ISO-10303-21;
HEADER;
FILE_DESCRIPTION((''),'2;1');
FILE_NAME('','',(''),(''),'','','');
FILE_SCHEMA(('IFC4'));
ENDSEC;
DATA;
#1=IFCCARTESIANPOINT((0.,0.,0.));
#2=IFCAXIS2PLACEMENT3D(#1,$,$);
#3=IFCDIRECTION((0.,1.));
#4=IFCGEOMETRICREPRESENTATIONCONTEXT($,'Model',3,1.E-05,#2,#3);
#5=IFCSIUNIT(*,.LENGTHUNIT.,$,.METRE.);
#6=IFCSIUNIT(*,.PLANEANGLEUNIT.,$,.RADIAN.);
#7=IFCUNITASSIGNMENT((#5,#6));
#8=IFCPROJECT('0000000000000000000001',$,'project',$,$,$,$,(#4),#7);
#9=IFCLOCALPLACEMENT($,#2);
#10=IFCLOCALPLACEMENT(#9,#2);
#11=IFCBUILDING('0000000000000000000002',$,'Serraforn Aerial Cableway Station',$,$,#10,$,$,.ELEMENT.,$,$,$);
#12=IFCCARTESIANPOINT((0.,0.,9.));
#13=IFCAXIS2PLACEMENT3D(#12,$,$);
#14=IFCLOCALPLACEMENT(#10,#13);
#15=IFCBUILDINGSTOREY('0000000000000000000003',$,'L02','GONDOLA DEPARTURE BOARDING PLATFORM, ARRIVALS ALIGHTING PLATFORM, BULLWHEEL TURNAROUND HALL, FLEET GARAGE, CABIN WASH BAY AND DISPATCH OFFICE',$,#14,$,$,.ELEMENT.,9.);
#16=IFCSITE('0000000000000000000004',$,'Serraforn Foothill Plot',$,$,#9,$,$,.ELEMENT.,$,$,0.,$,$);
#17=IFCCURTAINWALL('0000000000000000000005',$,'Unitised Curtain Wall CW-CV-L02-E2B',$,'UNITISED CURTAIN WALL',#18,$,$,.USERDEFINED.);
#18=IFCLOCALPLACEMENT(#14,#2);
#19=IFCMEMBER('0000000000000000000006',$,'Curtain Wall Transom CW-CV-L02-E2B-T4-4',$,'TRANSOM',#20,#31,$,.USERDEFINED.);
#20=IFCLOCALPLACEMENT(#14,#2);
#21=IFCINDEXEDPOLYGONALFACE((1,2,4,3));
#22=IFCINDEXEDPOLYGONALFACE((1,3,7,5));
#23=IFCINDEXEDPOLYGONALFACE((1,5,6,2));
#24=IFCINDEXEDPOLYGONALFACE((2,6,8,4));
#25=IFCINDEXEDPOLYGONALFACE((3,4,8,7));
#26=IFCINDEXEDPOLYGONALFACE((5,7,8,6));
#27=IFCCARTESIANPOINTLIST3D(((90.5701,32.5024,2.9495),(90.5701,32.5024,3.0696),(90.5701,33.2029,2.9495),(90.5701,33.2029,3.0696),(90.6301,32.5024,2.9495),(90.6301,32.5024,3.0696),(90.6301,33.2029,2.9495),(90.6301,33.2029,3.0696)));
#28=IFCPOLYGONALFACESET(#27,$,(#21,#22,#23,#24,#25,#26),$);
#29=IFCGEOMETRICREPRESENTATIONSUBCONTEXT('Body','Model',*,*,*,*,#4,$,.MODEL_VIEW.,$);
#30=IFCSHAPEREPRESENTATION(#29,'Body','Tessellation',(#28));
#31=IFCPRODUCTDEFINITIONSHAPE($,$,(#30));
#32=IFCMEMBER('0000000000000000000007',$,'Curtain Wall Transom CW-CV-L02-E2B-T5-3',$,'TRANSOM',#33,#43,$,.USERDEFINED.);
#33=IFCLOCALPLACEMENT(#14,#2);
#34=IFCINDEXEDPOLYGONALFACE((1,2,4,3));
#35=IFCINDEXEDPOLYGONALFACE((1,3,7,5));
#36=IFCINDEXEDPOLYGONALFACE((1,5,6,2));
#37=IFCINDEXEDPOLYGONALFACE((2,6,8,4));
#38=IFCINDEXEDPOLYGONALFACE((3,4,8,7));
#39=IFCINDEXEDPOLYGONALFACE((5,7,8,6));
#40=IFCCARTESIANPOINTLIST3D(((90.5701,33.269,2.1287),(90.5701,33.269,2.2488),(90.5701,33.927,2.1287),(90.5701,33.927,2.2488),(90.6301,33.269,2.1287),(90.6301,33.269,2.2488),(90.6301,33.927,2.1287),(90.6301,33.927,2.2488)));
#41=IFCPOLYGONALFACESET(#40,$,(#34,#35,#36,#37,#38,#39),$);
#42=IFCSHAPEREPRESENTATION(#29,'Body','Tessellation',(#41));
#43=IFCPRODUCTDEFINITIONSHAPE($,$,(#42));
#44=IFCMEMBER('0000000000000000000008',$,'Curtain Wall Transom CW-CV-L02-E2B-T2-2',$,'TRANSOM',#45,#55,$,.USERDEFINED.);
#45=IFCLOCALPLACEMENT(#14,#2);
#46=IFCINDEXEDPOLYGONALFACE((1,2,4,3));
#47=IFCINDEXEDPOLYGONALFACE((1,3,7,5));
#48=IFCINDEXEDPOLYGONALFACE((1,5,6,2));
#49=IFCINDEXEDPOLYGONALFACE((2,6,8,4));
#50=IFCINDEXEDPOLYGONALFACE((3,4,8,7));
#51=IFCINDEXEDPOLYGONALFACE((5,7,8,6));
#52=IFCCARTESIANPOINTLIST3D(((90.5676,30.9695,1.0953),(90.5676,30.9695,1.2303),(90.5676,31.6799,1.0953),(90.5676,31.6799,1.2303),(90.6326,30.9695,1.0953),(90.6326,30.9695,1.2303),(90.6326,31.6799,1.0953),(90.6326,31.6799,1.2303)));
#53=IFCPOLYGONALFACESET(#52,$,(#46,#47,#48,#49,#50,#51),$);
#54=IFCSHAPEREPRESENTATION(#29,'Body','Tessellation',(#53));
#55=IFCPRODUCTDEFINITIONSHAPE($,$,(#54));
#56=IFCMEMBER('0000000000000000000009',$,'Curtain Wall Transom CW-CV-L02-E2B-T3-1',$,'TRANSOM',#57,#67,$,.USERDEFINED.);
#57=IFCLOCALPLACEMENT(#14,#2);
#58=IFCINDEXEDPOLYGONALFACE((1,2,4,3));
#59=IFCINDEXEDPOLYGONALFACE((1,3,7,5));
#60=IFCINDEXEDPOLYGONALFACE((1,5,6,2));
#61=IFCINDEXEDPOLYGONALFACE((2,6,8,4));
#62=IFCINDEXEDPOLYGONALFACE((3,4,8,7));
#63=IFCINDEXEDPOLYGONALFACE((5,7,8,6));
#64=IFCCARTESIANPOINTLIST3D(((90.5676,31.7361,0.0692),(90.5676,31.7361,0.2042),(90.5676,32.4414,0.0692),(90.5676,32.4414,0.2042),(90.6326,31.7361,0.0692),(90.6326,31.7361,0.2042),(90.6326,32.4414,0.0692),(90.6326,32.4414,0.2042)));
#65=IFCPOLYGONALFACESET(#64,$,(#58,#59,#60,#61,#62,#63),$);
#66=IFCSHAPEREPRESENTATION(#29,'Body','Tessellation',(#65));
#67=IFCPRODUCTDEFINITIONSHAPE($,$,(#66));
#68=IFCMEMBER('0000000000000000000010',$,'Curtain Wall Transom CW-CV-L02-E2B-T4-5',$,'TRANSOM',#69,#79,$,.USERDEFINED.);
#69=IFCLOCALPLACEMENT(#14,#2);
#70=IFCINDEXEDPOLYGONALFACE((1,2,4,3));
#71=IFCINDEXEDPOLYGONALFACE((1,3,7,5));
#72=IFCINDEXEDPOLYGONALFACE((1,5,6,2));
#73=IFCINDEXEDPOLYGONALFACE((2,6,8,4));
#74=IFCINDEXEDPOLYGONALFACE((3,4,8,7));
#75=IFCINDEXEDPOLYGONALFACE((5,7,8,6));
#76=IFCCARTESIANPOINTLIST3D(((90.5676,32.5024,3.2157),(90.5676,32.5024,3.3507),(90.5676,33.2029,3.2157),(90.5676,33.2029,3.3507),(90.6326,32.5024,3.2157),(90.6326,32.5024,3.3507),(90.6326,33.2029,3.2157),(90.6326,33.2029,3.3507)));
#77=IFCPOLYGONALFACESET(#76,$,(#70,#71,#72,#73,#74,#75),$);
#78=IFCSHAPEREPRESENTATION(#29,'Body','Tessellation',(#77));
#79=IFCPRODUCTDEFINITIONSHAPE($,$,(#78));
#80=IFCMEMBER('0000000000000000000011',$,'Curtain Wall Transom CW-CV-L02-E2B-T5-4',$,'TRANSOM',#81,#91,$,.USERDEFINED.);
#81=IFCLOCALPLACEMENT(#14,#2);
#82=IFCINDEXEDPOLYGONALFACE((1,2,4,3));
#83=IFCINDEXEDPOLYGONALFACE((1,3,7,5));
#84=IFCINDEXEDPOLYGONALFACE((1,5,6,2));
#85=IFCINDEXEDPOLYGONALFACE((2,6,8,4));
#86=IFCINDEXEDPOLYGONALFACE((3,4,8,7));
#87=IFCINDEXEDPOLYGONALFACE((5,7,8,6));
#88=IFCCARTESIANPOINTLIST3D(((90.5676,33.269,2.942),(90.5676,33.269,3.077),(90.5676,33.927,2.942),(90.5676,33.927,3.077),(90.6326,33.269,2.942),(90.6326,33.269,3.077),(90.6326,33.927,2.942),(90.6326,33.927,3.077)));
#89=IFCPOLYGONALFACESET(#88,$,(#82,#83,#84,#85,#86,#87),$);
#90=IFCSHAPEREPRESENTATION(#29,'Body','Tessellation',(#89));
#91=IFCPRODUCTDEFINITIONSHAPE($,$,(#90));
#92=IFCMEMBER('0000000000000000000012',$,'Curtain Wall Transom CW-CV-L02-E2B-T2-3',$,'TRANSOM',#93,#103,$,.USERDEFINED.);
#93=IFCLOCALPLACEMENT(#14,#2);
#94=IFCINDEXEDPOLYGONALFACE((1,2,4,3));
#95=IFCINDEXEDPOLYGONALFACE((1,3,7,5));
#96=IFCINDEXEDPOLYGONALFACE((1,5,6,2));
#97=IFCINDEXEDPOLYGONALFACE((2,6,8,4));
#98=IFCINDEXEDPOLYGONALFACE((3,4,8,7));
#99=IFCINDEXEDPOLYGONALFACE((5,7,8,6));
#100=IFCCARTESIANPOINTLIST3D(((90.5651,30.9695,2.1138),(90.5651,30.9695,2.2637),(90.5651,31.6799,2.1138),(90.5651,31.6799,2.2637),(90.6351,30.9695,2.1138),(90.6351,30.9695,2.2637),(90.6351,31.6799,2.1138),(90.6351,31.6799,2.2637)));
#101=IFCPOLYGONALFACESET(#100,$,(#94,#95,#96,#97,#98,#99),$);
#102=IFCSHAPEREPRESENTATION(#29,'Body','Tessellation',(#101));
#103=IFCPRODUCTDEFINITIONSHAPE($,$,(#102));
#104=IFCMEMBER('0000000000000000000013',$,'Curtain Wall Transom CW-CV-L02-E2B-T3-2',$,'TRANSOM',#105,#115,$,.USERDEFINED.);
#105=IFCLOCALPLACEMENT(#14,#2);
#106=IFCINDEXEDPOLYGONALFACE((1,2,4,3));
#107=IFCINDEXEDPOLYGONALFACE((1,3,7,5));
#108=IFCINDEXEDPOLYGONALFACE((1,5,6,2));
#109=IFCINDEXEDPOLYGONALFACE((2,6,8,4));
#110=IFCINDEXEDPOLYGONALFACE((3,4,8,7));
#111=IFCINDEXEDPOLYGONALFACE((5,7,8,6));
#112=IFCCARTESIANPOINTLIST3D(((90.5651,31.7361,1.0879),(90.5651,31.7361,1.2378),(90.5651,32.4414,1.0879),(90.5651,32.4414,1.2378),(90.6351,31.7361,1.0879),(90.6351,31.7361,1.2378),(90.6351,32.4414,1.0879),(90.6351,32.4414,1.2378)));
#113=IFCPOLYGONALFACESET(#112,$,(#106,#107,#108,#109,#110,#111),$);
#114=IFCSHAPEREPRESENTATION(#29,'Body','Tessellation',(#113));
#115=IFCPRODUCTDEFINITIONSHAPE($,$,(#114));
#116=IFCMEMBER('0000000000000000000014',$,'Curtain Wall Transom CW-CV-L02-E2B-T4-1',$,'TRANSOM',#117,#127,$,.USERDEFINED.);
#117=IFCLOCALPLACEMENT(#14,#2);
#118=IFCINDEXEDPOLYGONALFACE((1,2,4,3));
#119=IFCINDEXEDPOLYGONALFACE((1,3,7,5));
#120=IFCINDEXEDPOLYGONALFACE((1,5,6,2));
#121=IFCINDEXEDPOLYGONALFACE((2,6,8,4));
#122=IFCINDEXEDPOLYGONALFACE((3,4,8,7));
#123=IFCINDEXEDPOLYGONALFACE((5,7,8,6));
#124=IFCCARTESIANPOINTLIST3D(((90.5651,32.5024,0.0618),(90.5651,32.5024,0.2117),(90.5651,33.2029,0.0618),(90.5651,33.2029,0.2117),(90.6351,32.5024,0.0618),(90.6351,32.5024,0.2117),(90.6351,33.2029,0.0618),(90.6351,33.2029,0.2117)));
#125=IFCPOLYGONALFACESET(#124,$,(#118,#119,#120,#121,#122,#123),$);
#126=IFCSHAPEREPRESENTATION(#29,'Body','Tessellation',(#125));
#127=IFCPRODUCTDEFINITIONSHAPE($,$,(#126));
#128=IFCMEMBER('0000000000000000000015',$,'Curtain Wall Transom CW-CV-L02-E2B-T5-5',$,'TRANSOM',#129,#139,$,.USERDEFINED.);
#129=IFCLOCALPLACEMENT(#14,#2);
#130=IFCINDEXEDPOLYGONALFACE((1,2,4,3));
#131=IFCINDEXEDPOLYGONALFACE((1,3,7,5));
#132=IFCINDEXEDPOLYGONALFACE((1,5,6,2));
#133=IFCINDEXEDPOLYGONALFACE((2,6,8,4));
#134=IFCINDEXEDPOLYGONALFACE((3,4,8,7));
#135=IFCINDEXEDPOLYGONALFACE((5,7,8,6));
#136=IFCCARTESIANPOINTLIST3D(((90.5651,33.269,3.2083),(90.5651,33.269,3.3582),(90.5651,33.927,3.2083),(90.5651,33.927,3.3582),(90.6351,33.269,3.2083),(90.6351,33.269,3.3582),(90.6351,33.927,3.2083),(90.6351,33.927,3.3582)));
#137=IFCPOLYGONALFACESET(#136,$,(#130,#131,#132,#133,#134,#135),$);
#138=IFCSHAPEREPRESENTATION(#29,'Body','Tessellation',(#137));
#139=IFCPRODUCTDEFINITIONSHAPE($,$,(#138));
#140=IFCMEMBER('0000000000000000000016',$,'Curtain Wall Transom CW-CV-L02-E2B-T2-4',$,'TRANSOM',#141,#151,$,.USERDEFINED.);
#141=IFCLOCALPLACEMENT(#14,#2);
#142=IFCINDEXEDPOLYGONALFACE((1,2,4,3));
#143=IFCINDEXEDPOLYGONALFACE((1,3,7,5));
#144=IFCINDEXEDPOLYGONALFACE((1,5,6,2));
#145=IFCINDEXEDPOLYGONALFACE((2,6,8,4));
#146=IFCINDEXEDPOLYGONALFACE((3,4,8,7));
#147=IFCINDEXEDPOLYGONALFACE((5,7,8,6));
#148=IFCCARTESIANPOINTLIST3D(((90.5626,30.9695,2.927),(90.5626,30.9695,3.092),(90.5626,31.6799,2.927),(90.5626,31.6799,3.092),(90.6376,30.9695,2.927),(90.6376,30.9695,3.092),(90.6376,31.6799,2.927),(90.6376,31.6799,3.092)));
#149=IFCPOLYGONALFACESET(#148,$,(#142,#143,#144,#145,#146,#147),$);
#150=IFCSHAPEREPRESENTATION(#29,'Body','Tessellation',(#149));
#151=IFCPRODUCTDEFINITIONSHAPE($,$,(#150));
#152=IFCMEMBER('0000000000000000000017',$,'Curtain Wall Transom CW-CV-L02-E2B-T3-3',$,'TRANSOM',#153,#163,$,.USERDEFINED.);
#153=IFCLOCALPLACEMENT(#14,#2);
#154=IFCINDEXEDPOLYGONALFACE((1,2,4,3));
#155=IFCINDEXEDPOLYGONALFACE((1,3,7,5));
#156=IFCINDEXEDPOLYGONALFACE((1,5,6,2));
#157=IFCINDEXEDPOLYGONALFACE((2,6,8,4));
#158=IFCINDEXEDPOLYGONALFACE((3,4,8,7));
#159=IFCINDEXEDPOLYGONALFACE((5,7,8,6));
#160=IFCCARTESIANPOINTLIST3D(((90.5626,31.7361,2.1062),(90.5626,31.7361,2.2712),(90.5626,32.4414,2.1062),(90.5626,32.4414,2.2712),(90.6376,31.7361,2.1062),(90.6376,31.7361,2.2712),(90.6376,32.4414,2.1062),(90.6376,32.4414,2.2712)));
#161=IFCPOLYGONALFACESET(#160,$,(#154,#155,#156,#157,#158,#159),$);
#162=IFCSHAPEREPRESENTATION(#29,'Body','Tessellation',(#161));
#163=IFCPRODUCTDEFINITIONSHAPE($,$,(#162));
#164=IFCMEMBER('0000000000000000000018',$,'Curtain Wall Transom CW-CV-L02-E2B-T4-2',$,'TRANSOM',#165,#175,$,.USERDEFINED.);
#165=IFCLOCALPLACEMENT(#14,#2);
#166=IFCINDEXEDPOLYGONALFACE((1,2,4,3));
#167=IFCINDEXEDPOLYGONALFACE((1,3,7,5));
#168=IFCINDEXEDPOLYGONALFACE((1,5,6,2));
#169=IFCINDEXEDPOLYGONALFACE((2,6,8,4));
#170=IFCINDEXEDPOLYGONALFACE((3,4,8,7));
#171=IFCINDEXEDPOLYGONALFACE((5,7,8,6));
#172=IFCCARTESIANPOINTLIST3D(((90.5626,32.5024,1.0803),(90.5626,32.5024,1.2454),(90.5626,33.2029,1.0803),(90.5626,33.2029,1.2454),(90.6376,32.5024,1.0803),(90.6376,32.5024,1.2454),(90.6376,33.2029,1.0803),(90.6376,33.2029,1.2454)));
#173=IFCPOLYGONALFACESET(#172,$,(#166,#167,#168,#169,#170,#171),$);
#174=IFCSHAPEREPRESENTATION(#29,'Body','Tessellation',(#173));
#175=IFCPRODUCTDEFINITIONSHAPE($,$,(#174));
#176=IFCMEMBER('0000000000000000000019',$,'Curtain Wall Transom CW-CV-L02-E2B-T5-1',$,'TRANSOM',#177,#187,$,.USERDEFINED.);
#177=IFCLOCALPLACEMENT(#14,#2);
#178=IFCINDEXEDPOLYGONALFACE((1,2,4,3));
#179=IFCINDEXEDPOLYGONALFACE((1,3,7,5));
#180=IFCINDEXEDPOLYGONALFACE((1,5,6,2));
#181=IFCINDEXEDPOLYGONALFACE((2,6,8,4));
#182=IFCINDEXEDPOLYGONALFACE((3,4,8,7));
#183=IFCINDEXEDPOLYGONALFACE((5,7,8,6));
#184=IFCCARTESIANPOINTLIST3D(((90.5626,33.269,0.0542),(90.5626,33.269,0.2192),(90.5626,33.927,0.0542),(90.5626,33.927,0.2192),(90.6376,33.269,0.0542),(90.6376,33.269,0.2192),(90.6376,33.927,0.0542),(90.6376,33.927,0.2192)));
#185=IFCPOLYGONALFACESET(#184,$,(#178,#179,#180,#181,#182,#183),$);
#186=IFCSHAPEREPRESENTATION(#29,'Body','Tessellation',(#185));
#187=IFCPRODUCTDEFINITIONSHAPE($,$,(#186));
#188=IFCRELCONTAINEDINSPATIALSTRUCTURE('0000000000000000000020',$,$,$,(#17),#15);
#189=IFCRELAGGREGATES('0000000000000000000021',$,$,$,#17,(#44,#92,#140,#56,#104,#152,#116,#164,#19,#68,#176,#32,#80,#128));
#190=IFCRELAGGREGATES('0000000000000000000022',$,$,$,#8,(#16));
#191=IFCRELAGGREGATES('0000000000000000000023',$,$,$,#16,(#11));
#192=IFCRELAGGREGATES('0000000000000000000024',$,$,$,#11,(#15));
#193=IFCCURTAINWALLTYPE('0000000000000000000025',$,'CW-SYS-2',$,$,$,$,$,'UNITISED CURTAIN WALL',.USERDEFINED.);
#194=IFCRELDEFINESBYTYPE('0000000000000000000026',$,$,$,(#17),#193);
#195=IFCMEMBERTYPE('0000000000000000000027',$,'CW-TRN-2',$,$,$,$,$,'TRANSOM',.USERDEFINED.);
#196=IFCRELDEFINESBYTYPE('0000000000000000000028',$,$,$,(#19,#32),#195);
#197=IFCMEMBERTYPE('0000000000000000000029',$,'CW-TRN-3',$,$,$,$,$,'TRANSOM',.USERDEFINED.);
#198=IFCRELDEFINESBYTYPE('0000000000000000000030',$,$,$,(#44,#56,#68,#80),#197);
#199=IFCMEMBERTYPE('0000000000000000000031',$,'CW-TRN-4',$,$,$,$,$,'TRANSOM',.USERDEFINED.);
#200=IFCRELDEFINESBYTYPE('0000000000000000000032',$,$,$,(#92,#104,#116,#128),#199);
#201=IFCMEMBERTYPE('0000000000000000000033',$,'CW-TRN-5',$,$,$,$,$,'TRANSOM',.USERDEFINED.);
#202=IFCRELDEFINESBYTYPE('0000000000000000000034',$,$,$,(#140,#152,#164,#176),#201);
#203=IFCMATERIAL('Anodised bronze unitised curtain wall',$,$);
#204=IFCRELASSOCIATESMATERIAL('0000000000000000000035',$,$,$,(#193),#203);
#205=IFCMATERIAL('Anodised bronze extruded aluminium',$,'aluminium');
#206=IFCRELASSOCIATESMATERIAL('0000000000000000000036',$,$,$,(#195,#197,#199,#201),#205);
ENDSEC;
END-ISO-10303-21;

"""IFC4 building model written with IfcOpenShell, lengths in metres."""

from ifc_helpers import new_model, si_unit, direction, frame, origin, origin_2d, place, context, subcontext, project, spatial, rectangle, extrude, material, material_profile, profile_set, type_object, element, aggregate, save


model = new_model("IFC4")

# Units and contexts
model_context = context("Model", 3, precision=1e-05, world=origin(), true_north=direction((0.0, 1.0)))
body_context = subcontext(model_context, "Body", "Model", "MODEL_VIEW")
ifc_project = project(units=[si_unit("LENGTHUNIT", "METRE"), si_unit("PLANEANGLEUNIT", "RADIAN")], contexts=[model_context])

# Site, building, storey
site_placement = place(None, origin())
site = spatial("IfcSite", under=ifc_project, at=site_placement, Name="Serraforn Foothill Plot", CompositionType="ELEMENT", RefElevation=0.0)
building_placement = place(site_placement, origin())
building = spatial("IfcBuilding", under=site, at=building_placement, Name="Serraforn Aerial Cableway Station", CompositionType="ELEMENT")
storey_placement = place(building_placement, frame((0.0, 0.0, 9.0)))
storey = spatial("IfcBuildingStorey", under=building, at=storey_placement, Name="L02", Description="GONDOLA DEPARTURE BOARDING PLATFORM, ARRIVALS ALIGHTING PLATFORM, BULLWHEEL TURNAROUND HALL, FLEET GARAGE, CABIN WASH BAY AND DISPATCH OFFICE", CompositionType="ELEMENT", Elevation=9.0)

# Curtain wall, members
ifc_material_1 = material(Name="Anodised bronze unitised curtain wall")
curtain_wall_type = type_object("IfcCurtainWallType", Name="CW-SYS-2", ElementType="UNITISED CURTAIN WALL", PredefinedType="USERDEFINED", material=ifc_material_1)
curtain_wall_placement = place(storey_placement, origin())
curtain_wall = element("IfcCurtainWall", 1, at=curtain_wall_placement, inside=storey, type_object=curtain_wall_type, Name="Unitised Curtain Wall CW-CV-L02-E2B", ObjectType="UNITISED CURTAIN WALL", PredefinedType="USERDEFINED")
ifc_material_2 = material(Name="Anodised bronze extruded aluminium", Category="aluminium")
ifc_material_profile_1 = material_profile(ifc_material_2, rectangle(XDim=0.0601, YDim=0.1201, at=origin_2d()), Name="CW TRANSOM 60x120")
ifc_profile_set_1 = profile_set([ifc_material_profile_1], Name="Anodised bronze extruded aluminium")
member_type_1 = type_object("IfcMemberType", Name="CW-TRN-2", ElementType="TRANSOM", PredefinedType="USERDEFINED", material=ifc_profile_set_1)
member_1_placement = place(storey_placement, frame((90.6001, 32.5024, 3.0095), z_axis=(0.0, 1.0, 0.0), x_axis=(-1.0, 0.0, 0.0)))
member_1 = element("IfcMember", 2, at=member_1_placement, type_object=member_type_1, Name="Curtain Wall Transom CW-CV-L02-E2B-T4-4", ObjectType="TRANSOM", PredefinedType="USERDEFINED", context=body_context, shape_type="SweptSolid", body=[
    extrude(rectangle(XDim=0.0601, YDim=0.1201, at=origin_2d()), origin(), (0.0, 0.0, 1.0), 0.7004),
])
member_2_placement = place(storey_placement, frame((90.6001, 33.269, 2.1887), z_axis=(0.0, 1.0, 0.0), x_axis=(-1.0, 0.0, 0.0)))
member_2 = element("IfcMember", 3, at=member_2_placement, type_object=member_type_1, Name="Curtain Wall Transom CW-CV-L02-E2B-T5-3", ObjectType="TRANSOM", PredefinedType="USERDEFINED", context=body_context, shape_type="SweptSolid", body=[
    extrude(rectangle(XDim=0.0601, YDim=0.1201, at=origin_2d()), origin(), (0.0, 0.0, 1.0), 0.658),
])
ifc_material_profile_2 = material_profile(ifc_material_2, rectangle(XDim=0.0649, YDim=0.135, at=origin_2d()), Name="CW TRANSOM 65x135")
ifc_profile_set_2 = profile_set([ifc_material_profile_2], Name="Anodised bronze extruded aluminium")
member_type_2 = type_object("IfcMemberType", Name="CW-TRN-3", ElementType="TRANSOM", PredefinedType="USERDEFINED", material=ifc_profile_set_2)
member_3_placement = place(storey_placement, frame((90.6001, 30.9695, 1.1628), z_axis=(0.0, 1.0, 0.0), x_axis=(-1.0, 0.0, 0.0)))
member_3 = element("IfcMember", 4, at=member_3_placement, type_object=member_type_2, Name="Curtain Wall Transom CW-CV-L02-E2B-T2-2", ObjectType="TRANSOM", PredefinedType="USERDEFINED", context=body_context, shape_type="SweptSolid", body=[
    extrude(rectangle(XDim=0.0649, YDim=0.135, at=origin_2d()), origin(), (0.0, 0.0, 1.0), 0.7104),
])
member_4_placement = place(storey_placement, frame((90.6001, 31.7361, 0.1367), z_axis=(0.0, 1.0, 0.0), x_axis=(-1.0, 0.0, 0.0)))
member_4 = element("IfcMember", 5, at=member_4_placement, type_object=member_type_2, Name="Curtain Wall Transom CW-CV-L02-E2B-T3-1", ObjectType="TRANSOM", PredefinedType="USERDEFINED", context=body_context, shape_type="SweptSolid", body=[
    extrude(rectangle(XDim=0.0649, YDim=0.135, at=origin_2d()), origin(), (0.0, 0.0, 1.0), 0.7053),
])
member_5_placement = place(storey_placement, frame((90.6001, 32.5024, 3.2832), z_axis=(0.0, 1.0, 0.0), x_axis=(-1.0, 0.0, 0.0)))
member_5 = element("IfcMember", 6, at=member_5_placement, type_object=member_type_2, Name="Curtain Wall Transom CW-CV-L02-E2B-T4-5", ObjectType="TRANSOM", PredefinedType="USERDEFINED", context=body_context, shape_type="SweptSolid", body=[
    extrude(rectangle(XDim=0.0649, YDim=0.135, at=origin_2d()), origin(), (0.0, 0.0, 1.0), 0.7004),
])
member_6_placement = place(storey_placement, frame((90.6001, 33.269, 3.0095), z_axis=(0.0, 1.0, 0.0), x_axis=(-1.0, 0.0, 0.0)))
member_6 = element("IfcMember", 7, at=member_6_placement, type_object=member_type_2, Name="Curtain Wall Transom CW-CV-L02-E2B-T5-4", ObjectType="TRANSOM", PredefinedType="USERDEFINED", context=body_context, shape_type="SweptSolid", body=[
    extrude(rectangle(XDim=0.0649, YDim=0.135, at=origin_2d()), origin(), (0.0, 0.0, 1.0), 0.658),
])
ifc_material_profile_3 = material_profile(ifc_material_2, rectangle(XDim=0.0701, YDim=0.1499, at=origin_2d()), Name="CW TRANSOM 70x150")
ifc_profile_set_3 = profile_set([ifc_material_profile_3], Name="Anodised bronze extruded aluminium")
member_type_3 = type_object("IfcMemberType", Name="CW-TRN-4", ElementType="TRANSOM", PredefinedType="USERDEFINED", material=ifc_profile_set_3)
member_7_placement = place(storey_placement, frame((90.6001, 30.9695, 2.1887), z_axis=(0.0, 1.0, 0.0), x_axis=(-1.0, 0.0, 0.0)))
member_7 = element("IfcMember", 8, at=member_7_placement, type_object=member_type_3, Name="Curtain Wall Transom CW-CV-L02-E2B-T2-3", ObjectType="TRANSOM", PredefinedType="USERDEFINED", context=body_context, shape_type="SweptSolid", body=[
    extrude(rectangle(XDim=0.0701, YDim=0.1499, at=origin_2d()), origin(), (0.0, 0.0, 1.0), 0.7104),
])
member_8_placement = place(storey_placement, frame((90.6001, 31.7361, 1.1628), z_axis=(0.0, 1.0, 0.0), x_axis=(-1.0, 0.0, 0.0)))
member_8 = element("IfcMember", 9, at=member_8_placement, type_object=member_type_3, Name="Curtain Wall Transom CW-CV-L02-E2B-T3-2", ObjectType="TRANSOM", PredefinedType="USERDEFINED", context=body_context, shape_type="SweptSolid", body=[
    extrude(rectangle(XDim=0.0701, YDim=0.1499, at=origin_2d()), origin(), (0.0, 0.0, 1.0), 0.7053),
])
member_9_placement = place(storey_placement, frame((90.6001, 32.5024, 0.1367), z_axis=(0.0, 1.0, 0.0), x_axis=(-1.0, 0.0, 0.0)))
member_9 = element("IfcMember", 10, at=member_9_placement, type_object=member_type_3, Name="Curtain Wall Transom CW-CV-L02-E2B-T4-1", ObjectType="TRANSOM", PredefinedType="USERDEFINED", context=body_context, shape_type="SweptSolid", body=[
    extrude(rectangle(XDim=0.0701, YDim=0.1499, at=origin_2d()), origin(), (0.0, 0.0, 1.0), 0.7004),
])
member_10_placement = place(storey_placement, frame((90.6001, 33.269, 3.2832), z_axis=(0.0, 1.0, 0.0), x_axis=(-1.0, 0.0, 0.0)))
member_10 = element("IfcMember", 11, at=member_10_placement, type_object=member_type_3, Name="Curtain Wall Transom CW-CV-L02-E2B-T5-5", ObjectType="TRANSOM", PredefinedType="USERDEFINED", context=body_context, shape_type="SweptSolid", body=[
    extrude(rectangle(XDim=0.0701, YDim=0.1499, at=origin_2d()), origin(), (0.0, 0.0, 1.0), 0.658),
])
ifc_material_profile_4 = material_profile(ifc_material_2, rectangle(XDim=0.075, YDim=0.165, at=origin_2d()), Name="CW TRANSOM 75x165")
ifc_profile_set_4 = profile_set([ifc_material_profile_4], Name="Anodised bronze extruded aluminium")
member_type_4 = type_object("IfcMemberType", Name="CW-TRN-5", ElementType="TRANSOM", PredefinedType="USERDEFINED", material=ifc_profile_set_4)
member_11_placement = place(storey_placement, frame((90.6001, 30.9695, 3.0095), z_axis=(0.0, 1.0, 0.0), x_axis=(-1.0, 0.0, 0.0)))
member_11 = element("IfcMember", 12, at=member_11_placement, type_object=member_type_4, Name="Curtain Wall Transom CW-CV-L02-E2B-T2-4", ObjectType="TRANSOM", PredefinedType="USERDEFINED", context=body_context, shape_type="SweptSolid", body=[
    extrude(rectangle(XDim=0.075, YDim=0.165, at=origin_2d()), origin(), (0.0, 0.0, 1.0), 0.7104),
])
member_12_placement = place(storey_placement, frame((90.6001, 31.7361, 2.1887), z_axis=(0.0, 1.0, 0.0), x_axis=(-1.0, 0.0, 0.0)))
member_12 = element("IfcMember", 13, at=member_12_placement, type_object=member_type_4, Name="Curtain Wall Transom CW-CV-L02-E2B-T3-3", ObjectType="TRANSOM", PredefinedType="USERDEFINED", context=body_context, shape_type="SweptSolid", body=[
    extrude(rectangle(XDim=0.075, YDim=0.165, at=origin_2d()), origin(), (0.0, 0.0, 1.0), 0.7053),
])
member_13_placement = place(storey_placement, frame((90.6001, 32.5024, 1.1628), z_axis=(0.0, 1.0, 0.0), x_axis=(-1.0, 0.0, 0.0)))
member_13 = element("IfcMember", 14, at=member_13_placement, type_object=member_type_4, Name="Curtain Wall Transom CW-CV-L02-E2B-T4-2", ObjectType="TRANSOM", PredefinedType="USERDEFINED", context=body_context, shape_type="SweptSolid", body=[
    extrude(rectangle(XDim=0.075, YDim=0.165, at=origin_2d()), origin(), (0.0, 0.0, 1.0), 0.7004),
])
member_14_placement = place(storey_placement, frame((90.6001, 33.269, 0.1367), z_axis=(0.0, 1.0, 0.0), x_axis=(-1.0, 0.0, 0.0)))
member_14 = element("IfcMember", 15, at=member_14_placement, type_object=member_type_4, Name="Curtain Wall Transom CW-CV-L02-E2B-T5-1", ObjectType="TRANSOM", PredefinedType="USERDEFINED", context=body_context, shape_type="SweptSolid", body=[
    extrude(rectangle(XDim=0.075, YDim=0.165, at=origin_2d()), origin(), (0.0, 0.0, 1.0), 0.658),
])
aggregate(curtain_wall, [member_3, member_7, member_11, member_4, member_8, member_12, member_9, member_13, member_1, member_5, member_14, member_2, member_6, member_10])

save(model, "model.ifc")
